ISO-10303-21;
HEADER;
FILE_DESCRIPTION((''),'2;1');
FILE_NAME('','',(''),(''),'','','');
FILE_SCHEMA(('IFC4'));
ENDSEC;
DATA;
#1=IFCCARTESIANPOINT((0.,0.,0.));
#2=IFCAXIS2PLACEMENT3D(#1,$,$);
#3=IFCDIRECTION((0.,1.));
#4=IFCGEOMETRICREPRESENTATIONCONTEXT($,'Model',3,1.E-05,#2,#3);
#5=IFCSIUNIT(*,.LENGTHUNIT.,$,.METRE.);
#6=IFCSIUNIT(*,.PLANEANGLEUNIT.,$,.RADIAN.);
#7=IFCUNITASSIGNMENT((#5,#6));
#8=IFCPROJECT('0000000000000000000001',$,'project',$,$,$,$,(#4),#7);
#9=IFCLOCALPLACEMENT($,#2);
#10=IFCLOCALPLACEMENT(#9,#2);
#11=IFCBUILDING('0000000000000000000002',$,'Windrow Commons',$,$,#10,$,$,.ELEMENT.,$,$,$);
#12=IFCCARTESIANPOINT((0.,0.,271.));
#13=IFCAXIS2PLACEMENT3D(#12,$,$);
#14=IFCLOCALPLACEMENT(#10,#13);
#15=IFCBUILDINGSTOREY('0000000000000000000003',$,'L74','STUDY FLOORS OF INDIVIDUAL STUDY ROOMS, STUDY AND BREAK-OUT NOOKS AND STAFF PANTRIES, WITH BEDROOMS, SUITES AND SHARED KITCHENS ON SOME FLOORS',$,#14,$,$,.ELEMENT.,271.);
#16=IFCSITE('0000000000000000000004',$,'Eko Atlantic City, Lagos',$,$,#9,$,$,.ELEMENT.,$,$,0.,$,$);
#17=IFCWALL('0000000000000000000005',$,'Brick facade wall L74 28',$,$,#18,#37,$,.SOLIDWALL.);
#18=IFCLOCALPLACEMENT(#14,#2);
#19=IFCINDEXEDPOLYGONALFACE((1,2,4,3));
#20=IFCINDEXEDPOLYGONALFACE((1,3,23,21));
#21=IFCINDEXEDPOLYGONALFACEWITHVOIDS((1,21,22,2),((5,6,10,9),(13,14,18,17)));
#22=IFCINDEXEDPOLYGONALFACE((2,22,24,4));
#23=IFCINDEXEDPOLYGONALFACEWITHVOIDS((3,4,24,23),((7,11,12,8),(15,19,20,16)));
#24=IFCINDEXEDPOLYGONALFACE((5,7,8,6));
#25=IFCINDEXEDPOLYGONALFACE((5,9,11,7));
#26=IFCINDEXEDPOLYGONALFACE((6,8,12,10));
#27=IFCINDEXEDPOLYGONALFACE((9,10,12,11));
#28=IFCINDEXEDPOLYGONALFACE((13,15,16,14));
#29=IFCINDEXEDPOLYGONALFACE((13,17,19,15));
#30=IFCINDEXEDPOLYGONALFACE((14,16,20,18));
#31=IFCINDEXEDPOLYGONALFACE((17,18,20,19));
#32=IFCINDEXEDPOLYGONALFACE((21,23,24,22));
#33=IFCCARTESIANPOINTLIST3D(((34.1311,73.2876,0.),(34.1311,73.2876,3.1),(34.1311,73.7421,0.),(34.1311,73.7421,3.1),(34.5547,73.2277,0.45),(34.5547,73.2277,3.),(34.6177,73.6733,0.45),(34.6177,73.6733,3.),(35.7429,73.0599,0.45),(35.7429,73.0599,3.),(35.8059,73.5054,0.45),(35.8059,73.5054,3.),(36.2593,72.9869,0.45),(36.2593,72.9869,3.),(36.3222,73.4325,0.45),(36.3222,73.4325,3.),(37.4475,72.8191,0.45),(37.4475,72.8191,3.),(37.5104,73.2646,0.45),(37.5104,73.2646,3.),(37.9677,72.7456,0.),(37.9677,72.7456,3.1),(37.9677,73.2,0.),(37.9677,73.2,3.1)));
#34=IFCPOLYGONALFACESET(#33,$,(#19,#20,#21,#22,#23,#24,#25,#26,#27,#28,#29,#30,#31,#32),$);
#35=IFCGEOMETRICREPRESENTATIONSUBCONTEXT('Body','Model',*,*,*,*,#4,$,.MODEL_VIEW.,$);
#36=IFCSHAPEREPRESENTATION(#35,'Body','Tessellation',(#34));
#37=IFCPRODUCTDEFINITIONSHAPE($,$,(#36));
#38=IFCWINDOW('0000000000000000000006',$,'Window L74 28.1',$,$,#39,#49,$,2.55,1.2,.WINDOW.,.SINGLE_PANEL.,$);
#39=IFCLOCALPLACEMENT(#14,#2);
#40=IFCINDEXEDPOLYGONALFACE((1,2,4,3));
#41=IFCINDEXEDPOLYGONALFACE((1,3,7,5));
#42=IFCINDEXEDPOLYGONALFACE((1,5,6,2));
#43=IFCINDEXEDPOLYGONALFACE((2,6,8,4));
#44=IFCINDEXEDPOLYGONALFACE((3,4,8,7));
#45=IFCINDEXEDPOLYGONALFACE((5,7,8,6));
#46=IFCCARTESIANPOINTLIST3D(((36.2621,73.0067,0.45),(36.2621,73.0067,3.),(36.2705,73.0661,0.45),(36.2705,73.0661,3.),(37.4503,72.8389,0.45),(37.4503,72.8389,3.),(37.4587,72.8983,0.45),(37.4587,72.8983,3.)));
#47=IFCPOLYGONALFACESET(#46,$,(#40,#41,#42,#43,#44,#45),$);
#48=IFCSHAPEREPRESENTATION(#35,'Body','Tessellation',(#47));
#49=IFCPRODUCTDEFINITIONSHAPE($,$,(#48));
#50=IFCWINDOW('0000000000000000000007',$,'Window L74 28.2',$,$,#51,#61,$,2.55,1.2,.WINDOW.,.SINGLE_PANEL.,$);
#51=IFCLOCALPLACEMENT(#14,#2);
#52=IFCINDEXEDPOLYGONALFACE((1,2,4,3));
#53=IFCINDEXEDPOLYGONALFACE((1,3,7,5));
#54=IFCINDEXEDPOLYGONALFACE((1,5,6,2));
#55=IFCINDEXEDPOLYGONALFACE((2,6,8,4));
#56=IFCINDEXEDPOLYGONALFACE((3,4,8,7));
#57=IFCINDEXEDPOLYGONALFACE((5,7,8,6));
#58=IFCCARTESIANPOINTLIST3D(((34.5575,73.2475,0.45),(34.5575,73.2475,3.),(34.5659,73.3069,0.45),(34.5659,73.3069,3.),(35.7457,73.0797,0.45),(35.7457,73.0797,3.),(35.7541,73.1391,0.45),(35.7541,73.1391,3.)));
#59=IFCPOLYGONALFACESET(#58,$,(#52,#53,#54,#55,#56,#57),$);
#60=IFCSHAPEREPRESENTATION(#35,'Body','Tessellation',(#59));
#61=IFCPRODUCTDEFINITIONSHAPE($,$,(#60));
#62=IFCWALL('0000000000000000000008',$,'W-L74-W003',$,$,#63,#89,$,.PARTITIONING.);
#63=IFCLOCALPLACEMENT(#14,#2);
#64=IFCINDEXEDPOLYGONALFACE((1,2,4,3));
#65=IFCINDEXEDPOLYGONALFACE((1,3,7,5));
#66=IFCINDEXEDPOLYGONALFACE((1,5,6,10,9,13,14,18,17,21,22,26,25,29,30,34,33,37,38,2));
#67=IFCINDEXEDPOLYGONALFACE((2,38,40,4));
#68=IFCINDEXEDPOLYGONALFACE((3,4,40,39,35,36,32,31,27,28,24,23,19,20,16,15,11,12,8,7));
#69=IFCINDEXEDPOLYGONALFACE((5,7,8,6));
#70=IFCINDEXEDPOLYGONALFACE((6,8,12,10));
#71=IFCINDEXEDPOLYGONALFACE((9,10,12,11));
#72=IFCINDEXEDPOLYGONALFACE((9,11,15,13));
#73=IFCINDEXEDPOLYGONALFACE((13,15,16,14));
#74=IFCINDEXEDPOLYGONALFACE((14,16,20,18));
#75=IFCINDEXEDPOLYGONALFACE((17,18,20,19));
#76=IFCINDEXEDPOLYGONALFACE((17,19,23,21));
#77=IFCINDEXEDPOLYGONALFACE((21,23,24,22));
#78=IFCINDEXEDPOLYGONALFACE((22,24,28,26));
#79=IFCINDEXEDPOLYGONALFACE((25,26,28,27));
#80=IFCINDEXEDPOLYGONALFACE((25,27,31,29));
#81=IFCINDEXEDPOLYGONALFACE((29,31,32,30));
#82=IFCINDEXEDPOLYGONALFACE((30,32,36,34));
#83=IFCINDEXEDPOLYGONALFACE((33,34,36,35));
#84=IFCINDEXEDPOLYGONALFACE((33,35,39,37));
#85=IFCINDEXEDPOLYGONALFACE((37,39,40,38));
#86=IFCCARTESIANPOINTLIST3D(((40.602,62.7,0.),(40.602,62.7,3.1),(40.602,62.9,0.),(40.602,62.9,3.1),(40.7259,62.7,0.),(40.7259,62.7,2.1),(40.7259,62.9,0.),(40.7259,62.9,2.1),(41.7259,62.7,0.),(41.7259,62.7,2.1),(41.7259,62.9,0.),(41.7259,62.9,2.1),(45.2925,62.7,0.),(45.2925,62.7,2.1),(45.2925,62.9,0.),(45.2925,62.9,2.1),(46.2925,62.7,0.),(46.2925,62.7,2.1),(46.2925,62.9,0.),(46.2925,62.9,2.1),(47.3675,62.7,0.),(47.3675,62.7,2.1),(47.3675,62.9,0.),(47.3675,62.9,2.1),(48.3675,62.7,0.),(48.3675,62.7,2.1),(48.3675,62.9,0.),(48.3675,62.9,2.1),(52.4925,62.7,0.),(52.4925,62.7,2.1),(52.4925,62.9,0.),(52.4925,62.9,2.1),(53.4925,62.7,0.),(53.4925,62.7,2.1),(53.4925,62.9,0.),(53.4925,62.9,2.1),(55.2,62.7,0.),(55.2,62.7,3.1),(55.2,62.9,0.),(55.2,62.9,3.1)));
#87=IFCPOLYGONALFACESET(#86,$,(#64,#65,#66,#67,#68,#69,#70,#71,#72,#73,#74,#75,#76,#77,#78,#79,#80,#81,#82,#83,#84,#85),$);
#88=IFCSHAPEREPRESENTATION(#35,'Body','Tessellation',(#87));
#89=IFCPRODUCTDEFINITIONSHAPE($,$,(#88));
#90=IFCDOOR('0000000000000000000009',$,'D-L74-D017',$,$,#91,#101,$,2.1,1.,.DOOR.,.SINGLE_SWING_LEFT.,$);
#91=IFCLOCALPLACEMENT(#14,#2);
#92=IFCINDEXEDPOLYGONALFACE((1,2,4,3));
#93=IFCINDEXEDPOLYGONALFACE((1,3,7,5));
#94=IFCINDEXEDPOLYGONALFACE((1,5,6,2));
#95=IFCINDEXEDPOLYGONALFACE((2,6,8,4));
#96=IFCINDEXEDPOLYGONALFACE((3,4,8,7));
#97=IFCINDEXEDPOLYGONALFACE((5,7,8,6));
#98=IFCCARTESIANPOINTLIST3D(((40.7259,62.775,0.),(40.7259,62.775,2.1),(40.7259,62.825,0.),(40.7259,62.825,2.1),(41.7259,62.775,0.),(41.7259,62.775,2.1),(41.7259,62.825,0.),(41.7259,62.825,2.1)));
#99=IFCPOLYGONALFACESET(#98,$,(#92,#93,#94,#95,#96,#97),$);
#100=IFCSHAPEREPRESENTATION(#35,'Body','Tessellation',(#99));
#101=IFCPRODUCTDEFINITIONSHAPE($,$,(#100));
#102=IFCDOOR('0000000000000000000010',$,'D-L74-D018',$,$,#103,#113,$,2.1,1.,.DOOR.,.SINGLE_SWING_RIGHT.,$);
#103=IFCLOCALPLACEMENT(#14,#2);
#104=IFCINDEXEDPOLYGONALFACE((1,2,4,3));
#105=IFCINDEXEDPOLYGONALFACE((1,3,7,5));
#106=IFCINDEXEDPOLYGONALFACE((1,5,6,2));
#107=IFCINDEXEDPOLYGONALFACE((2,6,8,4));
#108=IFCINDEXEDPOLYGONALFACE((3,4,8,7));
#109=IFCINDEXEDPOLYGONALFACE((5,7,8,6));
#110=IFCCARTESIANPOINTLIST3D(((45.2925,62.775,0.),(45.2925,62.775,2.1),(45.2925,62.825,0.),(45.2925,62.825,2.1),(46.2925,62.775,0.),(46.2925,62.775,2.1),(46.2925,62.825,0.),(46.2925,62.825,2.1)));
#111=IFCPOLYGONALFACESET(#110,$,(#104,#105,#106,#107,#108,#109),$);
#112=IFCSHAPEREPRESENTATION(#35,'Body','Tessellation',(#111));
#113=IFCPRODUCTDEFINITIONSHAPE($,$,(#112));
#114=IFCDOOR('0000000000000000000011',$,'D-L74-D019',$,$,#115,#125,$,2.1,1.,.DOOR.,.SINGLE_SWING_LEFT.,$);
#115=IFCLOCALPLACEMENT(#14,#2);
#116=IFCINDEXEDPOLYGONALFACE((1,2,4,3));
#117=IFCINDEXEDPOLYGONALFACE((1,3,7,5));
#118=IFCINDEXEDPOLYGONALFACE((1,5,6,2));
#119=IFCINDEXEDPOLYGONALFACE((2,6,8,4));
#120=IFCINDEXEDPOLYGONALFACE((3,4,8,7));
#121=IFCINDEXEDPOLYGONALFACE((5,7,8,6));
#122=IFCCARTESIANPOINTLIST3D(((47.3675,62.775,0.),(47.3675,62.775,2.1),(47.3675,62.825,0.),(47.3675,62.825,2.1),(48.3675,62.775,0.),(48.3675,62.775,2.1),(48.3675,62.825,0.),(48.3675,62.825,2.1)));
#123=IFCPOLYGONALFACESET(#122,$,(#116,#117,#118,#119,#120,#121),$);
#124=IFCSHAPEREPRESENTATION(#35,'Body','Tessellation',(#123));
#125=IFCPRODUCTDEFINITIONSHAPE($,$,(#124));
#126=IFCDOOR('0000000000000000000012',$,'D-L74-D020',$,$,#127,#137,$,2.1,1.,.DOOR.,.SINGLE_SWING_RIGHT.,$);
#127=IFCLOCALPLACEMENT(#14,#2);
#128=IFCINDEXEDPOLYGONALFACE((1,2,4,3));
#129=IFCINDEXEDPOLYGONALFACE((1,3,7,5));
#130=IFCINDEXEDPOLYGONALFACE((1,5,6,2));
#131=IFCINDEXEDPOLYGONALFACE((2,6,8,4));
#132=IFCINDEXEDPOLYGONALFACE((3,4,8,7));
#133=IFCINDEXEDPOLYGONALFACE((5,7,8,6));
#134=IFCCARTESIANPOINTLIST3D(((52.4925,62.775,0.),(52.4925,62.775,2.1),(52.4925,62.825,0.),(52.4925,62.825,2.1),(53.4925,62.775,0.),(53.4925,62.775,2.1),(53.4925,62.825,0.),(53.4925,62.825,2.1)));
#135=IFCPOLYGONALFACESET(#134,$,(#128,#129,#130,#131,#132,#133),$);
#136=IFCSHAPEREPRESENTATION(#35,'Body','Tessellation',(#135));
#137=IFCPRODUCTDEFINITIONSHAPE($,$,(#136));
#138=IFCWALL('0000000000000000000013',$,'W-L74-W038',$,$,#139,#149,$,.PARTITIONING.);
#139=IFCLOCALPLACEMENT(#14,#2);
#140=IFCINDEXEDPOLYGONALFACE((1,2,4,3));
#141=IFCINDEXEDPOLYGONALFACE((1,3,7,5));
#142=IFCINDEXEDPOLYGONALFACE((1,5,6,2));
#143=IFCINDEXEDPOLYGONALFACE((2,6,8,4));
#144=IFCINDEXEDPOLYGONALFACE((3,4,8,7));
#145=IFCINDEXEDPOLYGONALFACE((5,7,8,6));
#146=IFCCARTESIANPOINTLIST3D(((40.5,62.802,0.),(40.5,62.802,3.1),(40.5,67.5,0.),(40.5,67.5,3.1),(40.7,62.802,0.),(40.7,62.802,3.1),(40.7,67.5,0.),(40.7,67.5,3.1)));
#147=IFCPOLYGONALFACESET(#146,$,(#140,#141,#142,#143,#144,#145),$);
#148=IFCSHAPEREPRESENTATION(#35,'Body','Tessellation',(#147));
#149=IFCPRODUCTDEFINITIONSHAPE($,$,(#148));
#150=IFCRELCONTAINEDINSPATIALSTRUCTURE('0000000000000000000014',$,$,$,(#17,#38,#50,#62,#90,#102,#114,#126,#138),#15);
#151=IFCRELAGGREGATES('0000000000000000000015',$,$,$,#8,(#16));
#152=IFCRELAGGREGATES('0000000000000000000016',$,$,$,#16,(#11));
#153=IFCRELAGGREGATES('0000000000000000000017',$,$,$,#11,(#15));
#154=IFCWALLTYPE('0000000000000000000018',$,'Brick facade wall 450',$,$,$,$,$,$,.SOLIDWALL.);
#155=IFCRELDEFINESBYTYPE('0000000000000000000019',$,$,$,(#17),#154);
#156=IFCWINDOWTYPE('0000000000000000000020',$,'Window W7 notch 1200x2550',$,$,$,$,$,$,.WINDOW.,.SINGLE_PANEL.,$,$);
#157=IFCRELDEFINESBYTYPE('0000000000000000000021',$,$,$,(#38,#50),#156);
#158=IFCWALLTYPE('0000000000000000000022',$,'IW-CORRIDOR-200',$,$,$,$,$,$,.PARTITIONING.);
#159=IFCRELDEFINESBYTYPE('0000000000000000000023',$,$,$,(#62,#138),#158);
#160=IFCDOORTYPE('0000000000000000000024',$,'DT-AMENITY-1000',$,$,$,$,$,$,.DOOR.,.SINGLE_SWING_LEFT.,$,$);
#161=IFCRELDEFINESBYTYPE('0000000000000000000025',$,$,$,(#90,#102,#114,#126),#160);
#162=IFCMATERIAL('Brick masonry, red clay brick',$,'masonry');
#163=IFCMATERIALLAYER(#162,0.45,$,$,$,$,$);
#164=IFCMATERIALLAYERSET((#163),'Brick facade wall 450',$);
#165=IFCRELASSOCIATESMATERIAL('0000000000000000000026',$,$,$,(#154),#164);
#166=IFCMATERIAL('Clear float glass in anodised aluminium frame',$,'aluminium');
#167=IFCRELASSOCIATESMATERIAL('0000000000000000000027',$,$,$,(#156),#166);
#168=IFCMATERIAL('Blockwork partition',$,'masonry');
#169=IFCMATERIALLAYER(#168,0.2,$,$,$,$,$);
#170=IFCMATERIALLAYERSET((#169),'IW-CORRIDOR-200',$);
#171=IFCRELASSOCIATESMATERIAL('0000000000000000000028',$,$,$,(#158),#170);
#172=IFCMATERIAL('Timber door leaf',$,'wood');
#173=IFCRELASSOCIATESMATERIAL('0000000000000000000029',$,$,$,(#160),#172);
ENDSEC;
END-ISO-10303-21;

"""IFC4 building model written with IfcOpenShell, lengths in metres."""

from ifc_helpers import new_model, si_unit, direction, frame, frame_2d, origin, place, context, subcontext, project, spatial, polyline, rectangle, outline, extrude, material, layer, layer_set, type_object, element, fill, save


model = new_model("IFC4")

# Units and contexts
model_context = context("Model", 3, precision=1e-05, world=origin(), true_north=direction((0.0, 1.0)))
body_context = subcontext(model_context, "Body", "Model", "MODEL_VIEW")
ifc_project = project(units=[si_unit("LENGTHUNIT", "METRE"), si_unit("PLANEANGLEUNIT", "RADIAN")], contexts=[model_context])

# Site, building, storey
site_placement = place(None, origin())
site = spatial("IfcSite", under=ifc_project, at=site_placement, Name="Eko Atlantic City, Lagos", CompositionType="ELEMENT", RefElevation=0.0)
building_placement = place(site_placement, origin())
building = spatial("IfcBuilding", under=site, at=building_placement, Name="Windrow Commons", CompositionType="ELEMENT")
storey_placement = place(building_placement, frame((0.0, 0.0, 271.0)))
storey = spatial("IfcBuildingStorey", under=building, at=storey_placement, Name="L74", Description="STUDY FLOORS OF INDIVIDUAL STUDY ROOMS, STUDY AND BREAK-OUT NOOKS AND STAFF PANTRIES, WITH BEDROOMS, SUITES AND SHARED KITCHENS ON SOME FLOORS", CompositionType="ELEMENT", Elevation=271.0)

# Shared definitions
ifc_material_1 = material(Name="Brick masonry, red clay brick", Category="masonry")
ifc_layer_1 = layer(ifc_material_1, 0.45)
ifc_layer_set_1 = layer_set([ifc_layer_1], Name="Brick facade wall 450")
wall_type_1 = type_object("IfcWallType", Name="Brick facade wall 450", PredefinedType="SOLIDWALL", material=ifc_layer_set_1)
ifc_material_2 = material(Name="Clear float glass in anodised aluminium frame", Category="aluminium")
window_type = type_object("IfcWindowType", Name="Window W7 notch 1200x2550", PartitioningType="SINGLE_PANEL", PredefinedType="WINDOW", material=ifc_material_2)

# Wall, openings, windows
wall_1_placement = place(storey_placement, frame((37.9677, 72.9728, 0.0), z_axis=(0.0, 0.0, 1.0), x_axis=(-0.990168, 0.139886, 0.0)))
wall_1 = element("IfcWall", 1, at=wall_1_placement, inside=storey, type_object=wall_type_1, Name="Brick facade wall L74 28", PredefinedType="SOLIDWALL", context=body_context, shape_type="SweptSolid", body=[
    extrude(outline(polyline([(0.0318, -0.225), (3.9065, -0.225), (3.8429, 0.225), (-0.0318, 0.225), (0.0318, -0.225)])), origin(), (0.0, 0.0, 1.0), 3.1),
])
opening_1_placement = place(wall_1_placement, frame((0.4936, 0.0, 0.45)))
opening_1 = element("IfcOpeningElement", 2, at=opening_1_placement, cuts=wall_1, PredefinedType="OPENING", context=body_context, shape_type="SweptSolid", body=[
    extrude(rectangle(XDim=1.2, YDim=2.55, at=frame_2d((0.6, 1.275))), frame((0.0, 0.235, 0.0), z_axis=(0.0, -1.0, 0.0), x_axis=(1.0, 0.0, 0.0)), (0.0, 0.0, 1.0), 0.47),
])
opening_2_placement = place(wall_1_placement, frame((2.2151, 0.0, 0.45)))
opening_2 = element("IfcOpeningElement", 3, at=opening_2_placement, cuts=wall_1, PredefinedType="OPENING", context=body_context, shape_type="SweptSolid", body=[
    extrude(rectangle(XDim=1.2, YDim=2.55, at=frame_2d((0.6, 1.275))), frame((0.0, 0.235, 0.0), z_axis=(0.0, -1.0, 0.0), x_axis=(1.0, 0.0, 0.0)), (0.0, 0.0, 1.0), 0.47),
])
window_1_placement = place(opening_1_placement, origin())
window_1 = element("IfcWindow", 4, at=window_1_placement, inside=storey, type_object=window_type, Name="Window L74 28.1", OverallHeight=2.55, OverallWidth=1.2, PartitioningType="SINGLE_PANEL", PredefinedType="WINDOW", context=body_context, shape_type="SweptSolid", body=[
    extrude(rectangle(XDim=1.2, YDim=2.55, at=frame_2d((0.6, 1.275))), frame((0.0, 0.205, 0.0), z_axis=(0.0, -1.0, 0.0), x_axis=(1.0, 0.0, 0.0)), (0.0, 0.0, 1.0), 0.06),
])
fill(opening_1, window_1)
window_2_placement = place(opening_2_placement, origin())
window_2 = element("IfcWindow", 5, at=window_2_placement, inside=storey, type_object=window_type, Name="Window L74 28.2", OverallHeight=2.55, OverallWidth=1.2, PartitioningType="SINGLE_PANEL", PredefinedType="WINDOW", context=body_context, shape_type="SweptSolid", body=[
    extrude(rectangle(XDim=1.2, YDim=2.55, at=frame_2d((0.6, 1.275))), frame((0.0, 0.205, 0.0), z_axis=(0.0, -1.0, 0.0), x_axis=(1.0, 0.0, 0.0)), (0.0, 0.0, 1.0), 0.06),
])
fill(opening_2, window_2)

# Wall, openings, doors
ifc_material_3 = material(Name="Blockwork partition", Category="masonry")
ifc_layer_2 = layer(ifc_material_3, 0.2)
ifc_layer_set_2 = layer_set([ifc_layer_2], Name="IW-CORRIDOR-200")
wall_type_2 = type_object("IfcWallType", Name="IW-CORRIDOR-200", PredefinedType="PARTITIONING", material=ifc_layer_set_2)
wall_2_placement = place(storey_placement, frame((40.602, 62.8, 0.0), z_axis=(0.0, 0.0, 1.0), x_axis=(1.0, 0.0, 0.0)))
wall_2 = element("IfcWall", 6, at=wall_2_placement, inside=storey, type_object=wall_type_2, Name="W-L74-W003", PredefinedType="PARTITIONING", context=body_context, shape_type="SweptSolid", body=[
    extrude(rectangle(XDim=14.598, YDim=0.2, at=frame_2d((7.299, 0.0))), origin(), (0.0, 0.0, 1.0), 3.1),
])
opening_3_placement = place(wall_2_placement, frame((0.1239, 0.0, 0.0)))
opening_3 = element("IfcOpeningElement", 7, at=opening_3_placement, cuts=wall_2, PredefinedType="OPENING", context=body_context, shape_type="SweptSolid", body=[
    extrude(rectangle(XDim=1.0, YDim=2.1, at=frame_2d((0.5, 1.05))), frame((0.0, 0.11, 0.0), z_axis=(0.0, -1.0, 0.0), x_axis=(1.0, 0.0, 0.0)), (0.0, 0.0, 1.0), 0.22),
])
opening_4_placement = place(wall_2_placement, frame((4.6905, 0.0, 0.0)))
opening_4 = element("IfcOpeningElement", 8, at=opening_4_placement, cuts=wall_2, PredefinedType="OPENING", context=body_context, shape_type="SweptSolid", body=[
    extrude(rectangle(XDim=1.0, YDim=2.1, at=frame_2d((0.5, 1.05))), frame((0.0, 0.11, 0.0), z_axis=(0.0, -1.0, 0.0), x_axis=(1.0, 0.0, 0.0)), (0.0, 0.0, 1.0), 0.22),
])
opening_5_placement = place(wall_2_placement, frame((6.7655, 0.0, 0.0)))
opening_5 = element("IfcOpeningElement", 9, at=opening_5_placement, cuts=wall_2, PredefinedType="OPENING", context=body_context, shape_type="SweptSolid", body=[
    extrude(rectangle(XDim=1.0, YDim=2.1, at=frame_2d((0.5, 1.05))), frame((0.0, 0.11, 0.0), z_axis=(0.0, -1.0, 0.0), x_axis=(1.0, 0.0, 0.0)), (0.0, 0.0, 1.0), 0.22),
])
opening_6_placement = place(wall_2_placement, frame((11.8905, 0.0, 0.0)))
opening_6 = element("IfcOpeningElement", 10, at=opening_6_placement, cuts=wall_2, PredefinedType="OPENING", context=body_context, shape_type="SweptSolid", body=[
    extrude(rectangle(XDim=1.0, YDim=2.1, at=frame_2d((0.5, 1.05))), frame((0.0, 0.11, 0.0), z_axis=(0.0, -1.0, 0.0), x_axis=(1.0, 0.0, 0.0)), (0.0, 0.0, 1.0), 0.22),
])
ifc_material_4 = material(Name="Timber door leaf", Category="wood")
door_type = type_object("IfcDoorType", Name="DT-AMENITY-1000", OperationType="SINGLE_SWING_LEFT", PredefinedType="DOOR", material=ifc_material_4)
door_1_placement = place(opening_3_placement, origin())
door_1 = element("IfcDoor", 11, at=door_1_placement, inside=storey, type_object=door_type, Name="D-L74-D017", OperationType="SINGLE_SWING_LEFT", OverallHeight=2.1, OverallWidth=1.0, PredefinedType="DOOR", context=body_context, shape_type="SweptSolid", body=[
    extrude(rectangle(XDim=1.0, YDim=2.1, at=frame_2d((0.5, 1.05))), frame((0.0, 0.025, 0.0), z_axis=(0.0, -1.0, 0.0), x_axis=(1.0, 0.0, 0.0)), (0.0, 0.0, 1.0), 0.05),
])
fill(opening_3, door_1)
door_2_placement = place(opening_4_placement, origin())
door_2 = element("IfcDoor", 12, at=door_2_placement, inside=storey, type_object=door_type, Name="D-L74-D018", OperationType="SINGLE_SWING_RIGHT", OverallHeight=2.1, OverallWidth=1.0, PredefinedType="DOOR", context=body_context, shape_type="SweptSolid", body=[
    extrude(rectangle(XDim=1.0, YDim=2.1, at=frame_2d((0.5, 1.05))), frame((0.0, 0.025, 0.0), z_axis=(0.0, -1.0, 0.0), x_axis=(1.0, 0.0, 0.0)), (0.0, 0.0, 1.0), 0.05),
])
fill(opening_4, door_2)
door_3_placement = place(opening_5_placement, origin())
door_3 = element("IfcDoor", 13, at=door_3_placement, inside=storey, type_object=door_type, Name="D-L74-D019", OperationType="SINGLE_SWING_LEFT", OverallHeight=2.1, OverallWidth=1.0, PredefinedType="DOOR", context=body_context, shape_type="SweptSolid", body=[
    extrude(rectangle(XDim=1.0, YDim=2.1, at=frame_2d((0.5, 1.05))), frame((0.0, 0.025, 0.0), z_axis=(0.0, -1.0, 0.0), x_axis=(1.0, 0.0, 0.0)), (0.0, 0.0, 1.0), 0.05),
])
fill(opening_5, door_3)
door_4_placement = place(opening_6_placement, origin())
door_4 = element("IfcDoor", 14, at=door_4_placement, inside=storey, type_object=door_type, Name="D-L74-D020", OperationType="SINGLE_SWING_RIGHT", OverallHeight=2.1, OverallWidth=1.0, PredefinedType="DOOR", context=body_context, shape_type="SweptSolid", body=[
    extrude(rectangle(XDim=1.0, YDim=2.1, at=frame_2d((0.5, 1.05))), frame((0.0, 0.025, 0.0), z_axis=(0.0, -1.0, 0.0), x_axis=(1.0, 0.0, 0.0)), (0.0, 0.0, 1.0), 0.05),
])
fill(opening_6, door_4)

# Wall
wall_3_placement = place(storey_placement, frame((40.6, 62.802, 0.0), z_axis=(0.0, 0.0, 1.0), x_axis=(0.0, 1.0, 0.0)))
element("IfcWall", 15, at=wall_3_placement, inside=storey, type_object=wall_type_2, Name="W-L74-W038", PredefinedType="PARTITIONING", context=body_context, shape_type="SweptSolid", body=[
    extrude(rectangle(XDim=4.698, YDim=0.2, at=frame_2d((2.349, 0.0))), origin(), (0.0, 0.0, 1.0), 3.1),
])

save(model, "model.ifc")
